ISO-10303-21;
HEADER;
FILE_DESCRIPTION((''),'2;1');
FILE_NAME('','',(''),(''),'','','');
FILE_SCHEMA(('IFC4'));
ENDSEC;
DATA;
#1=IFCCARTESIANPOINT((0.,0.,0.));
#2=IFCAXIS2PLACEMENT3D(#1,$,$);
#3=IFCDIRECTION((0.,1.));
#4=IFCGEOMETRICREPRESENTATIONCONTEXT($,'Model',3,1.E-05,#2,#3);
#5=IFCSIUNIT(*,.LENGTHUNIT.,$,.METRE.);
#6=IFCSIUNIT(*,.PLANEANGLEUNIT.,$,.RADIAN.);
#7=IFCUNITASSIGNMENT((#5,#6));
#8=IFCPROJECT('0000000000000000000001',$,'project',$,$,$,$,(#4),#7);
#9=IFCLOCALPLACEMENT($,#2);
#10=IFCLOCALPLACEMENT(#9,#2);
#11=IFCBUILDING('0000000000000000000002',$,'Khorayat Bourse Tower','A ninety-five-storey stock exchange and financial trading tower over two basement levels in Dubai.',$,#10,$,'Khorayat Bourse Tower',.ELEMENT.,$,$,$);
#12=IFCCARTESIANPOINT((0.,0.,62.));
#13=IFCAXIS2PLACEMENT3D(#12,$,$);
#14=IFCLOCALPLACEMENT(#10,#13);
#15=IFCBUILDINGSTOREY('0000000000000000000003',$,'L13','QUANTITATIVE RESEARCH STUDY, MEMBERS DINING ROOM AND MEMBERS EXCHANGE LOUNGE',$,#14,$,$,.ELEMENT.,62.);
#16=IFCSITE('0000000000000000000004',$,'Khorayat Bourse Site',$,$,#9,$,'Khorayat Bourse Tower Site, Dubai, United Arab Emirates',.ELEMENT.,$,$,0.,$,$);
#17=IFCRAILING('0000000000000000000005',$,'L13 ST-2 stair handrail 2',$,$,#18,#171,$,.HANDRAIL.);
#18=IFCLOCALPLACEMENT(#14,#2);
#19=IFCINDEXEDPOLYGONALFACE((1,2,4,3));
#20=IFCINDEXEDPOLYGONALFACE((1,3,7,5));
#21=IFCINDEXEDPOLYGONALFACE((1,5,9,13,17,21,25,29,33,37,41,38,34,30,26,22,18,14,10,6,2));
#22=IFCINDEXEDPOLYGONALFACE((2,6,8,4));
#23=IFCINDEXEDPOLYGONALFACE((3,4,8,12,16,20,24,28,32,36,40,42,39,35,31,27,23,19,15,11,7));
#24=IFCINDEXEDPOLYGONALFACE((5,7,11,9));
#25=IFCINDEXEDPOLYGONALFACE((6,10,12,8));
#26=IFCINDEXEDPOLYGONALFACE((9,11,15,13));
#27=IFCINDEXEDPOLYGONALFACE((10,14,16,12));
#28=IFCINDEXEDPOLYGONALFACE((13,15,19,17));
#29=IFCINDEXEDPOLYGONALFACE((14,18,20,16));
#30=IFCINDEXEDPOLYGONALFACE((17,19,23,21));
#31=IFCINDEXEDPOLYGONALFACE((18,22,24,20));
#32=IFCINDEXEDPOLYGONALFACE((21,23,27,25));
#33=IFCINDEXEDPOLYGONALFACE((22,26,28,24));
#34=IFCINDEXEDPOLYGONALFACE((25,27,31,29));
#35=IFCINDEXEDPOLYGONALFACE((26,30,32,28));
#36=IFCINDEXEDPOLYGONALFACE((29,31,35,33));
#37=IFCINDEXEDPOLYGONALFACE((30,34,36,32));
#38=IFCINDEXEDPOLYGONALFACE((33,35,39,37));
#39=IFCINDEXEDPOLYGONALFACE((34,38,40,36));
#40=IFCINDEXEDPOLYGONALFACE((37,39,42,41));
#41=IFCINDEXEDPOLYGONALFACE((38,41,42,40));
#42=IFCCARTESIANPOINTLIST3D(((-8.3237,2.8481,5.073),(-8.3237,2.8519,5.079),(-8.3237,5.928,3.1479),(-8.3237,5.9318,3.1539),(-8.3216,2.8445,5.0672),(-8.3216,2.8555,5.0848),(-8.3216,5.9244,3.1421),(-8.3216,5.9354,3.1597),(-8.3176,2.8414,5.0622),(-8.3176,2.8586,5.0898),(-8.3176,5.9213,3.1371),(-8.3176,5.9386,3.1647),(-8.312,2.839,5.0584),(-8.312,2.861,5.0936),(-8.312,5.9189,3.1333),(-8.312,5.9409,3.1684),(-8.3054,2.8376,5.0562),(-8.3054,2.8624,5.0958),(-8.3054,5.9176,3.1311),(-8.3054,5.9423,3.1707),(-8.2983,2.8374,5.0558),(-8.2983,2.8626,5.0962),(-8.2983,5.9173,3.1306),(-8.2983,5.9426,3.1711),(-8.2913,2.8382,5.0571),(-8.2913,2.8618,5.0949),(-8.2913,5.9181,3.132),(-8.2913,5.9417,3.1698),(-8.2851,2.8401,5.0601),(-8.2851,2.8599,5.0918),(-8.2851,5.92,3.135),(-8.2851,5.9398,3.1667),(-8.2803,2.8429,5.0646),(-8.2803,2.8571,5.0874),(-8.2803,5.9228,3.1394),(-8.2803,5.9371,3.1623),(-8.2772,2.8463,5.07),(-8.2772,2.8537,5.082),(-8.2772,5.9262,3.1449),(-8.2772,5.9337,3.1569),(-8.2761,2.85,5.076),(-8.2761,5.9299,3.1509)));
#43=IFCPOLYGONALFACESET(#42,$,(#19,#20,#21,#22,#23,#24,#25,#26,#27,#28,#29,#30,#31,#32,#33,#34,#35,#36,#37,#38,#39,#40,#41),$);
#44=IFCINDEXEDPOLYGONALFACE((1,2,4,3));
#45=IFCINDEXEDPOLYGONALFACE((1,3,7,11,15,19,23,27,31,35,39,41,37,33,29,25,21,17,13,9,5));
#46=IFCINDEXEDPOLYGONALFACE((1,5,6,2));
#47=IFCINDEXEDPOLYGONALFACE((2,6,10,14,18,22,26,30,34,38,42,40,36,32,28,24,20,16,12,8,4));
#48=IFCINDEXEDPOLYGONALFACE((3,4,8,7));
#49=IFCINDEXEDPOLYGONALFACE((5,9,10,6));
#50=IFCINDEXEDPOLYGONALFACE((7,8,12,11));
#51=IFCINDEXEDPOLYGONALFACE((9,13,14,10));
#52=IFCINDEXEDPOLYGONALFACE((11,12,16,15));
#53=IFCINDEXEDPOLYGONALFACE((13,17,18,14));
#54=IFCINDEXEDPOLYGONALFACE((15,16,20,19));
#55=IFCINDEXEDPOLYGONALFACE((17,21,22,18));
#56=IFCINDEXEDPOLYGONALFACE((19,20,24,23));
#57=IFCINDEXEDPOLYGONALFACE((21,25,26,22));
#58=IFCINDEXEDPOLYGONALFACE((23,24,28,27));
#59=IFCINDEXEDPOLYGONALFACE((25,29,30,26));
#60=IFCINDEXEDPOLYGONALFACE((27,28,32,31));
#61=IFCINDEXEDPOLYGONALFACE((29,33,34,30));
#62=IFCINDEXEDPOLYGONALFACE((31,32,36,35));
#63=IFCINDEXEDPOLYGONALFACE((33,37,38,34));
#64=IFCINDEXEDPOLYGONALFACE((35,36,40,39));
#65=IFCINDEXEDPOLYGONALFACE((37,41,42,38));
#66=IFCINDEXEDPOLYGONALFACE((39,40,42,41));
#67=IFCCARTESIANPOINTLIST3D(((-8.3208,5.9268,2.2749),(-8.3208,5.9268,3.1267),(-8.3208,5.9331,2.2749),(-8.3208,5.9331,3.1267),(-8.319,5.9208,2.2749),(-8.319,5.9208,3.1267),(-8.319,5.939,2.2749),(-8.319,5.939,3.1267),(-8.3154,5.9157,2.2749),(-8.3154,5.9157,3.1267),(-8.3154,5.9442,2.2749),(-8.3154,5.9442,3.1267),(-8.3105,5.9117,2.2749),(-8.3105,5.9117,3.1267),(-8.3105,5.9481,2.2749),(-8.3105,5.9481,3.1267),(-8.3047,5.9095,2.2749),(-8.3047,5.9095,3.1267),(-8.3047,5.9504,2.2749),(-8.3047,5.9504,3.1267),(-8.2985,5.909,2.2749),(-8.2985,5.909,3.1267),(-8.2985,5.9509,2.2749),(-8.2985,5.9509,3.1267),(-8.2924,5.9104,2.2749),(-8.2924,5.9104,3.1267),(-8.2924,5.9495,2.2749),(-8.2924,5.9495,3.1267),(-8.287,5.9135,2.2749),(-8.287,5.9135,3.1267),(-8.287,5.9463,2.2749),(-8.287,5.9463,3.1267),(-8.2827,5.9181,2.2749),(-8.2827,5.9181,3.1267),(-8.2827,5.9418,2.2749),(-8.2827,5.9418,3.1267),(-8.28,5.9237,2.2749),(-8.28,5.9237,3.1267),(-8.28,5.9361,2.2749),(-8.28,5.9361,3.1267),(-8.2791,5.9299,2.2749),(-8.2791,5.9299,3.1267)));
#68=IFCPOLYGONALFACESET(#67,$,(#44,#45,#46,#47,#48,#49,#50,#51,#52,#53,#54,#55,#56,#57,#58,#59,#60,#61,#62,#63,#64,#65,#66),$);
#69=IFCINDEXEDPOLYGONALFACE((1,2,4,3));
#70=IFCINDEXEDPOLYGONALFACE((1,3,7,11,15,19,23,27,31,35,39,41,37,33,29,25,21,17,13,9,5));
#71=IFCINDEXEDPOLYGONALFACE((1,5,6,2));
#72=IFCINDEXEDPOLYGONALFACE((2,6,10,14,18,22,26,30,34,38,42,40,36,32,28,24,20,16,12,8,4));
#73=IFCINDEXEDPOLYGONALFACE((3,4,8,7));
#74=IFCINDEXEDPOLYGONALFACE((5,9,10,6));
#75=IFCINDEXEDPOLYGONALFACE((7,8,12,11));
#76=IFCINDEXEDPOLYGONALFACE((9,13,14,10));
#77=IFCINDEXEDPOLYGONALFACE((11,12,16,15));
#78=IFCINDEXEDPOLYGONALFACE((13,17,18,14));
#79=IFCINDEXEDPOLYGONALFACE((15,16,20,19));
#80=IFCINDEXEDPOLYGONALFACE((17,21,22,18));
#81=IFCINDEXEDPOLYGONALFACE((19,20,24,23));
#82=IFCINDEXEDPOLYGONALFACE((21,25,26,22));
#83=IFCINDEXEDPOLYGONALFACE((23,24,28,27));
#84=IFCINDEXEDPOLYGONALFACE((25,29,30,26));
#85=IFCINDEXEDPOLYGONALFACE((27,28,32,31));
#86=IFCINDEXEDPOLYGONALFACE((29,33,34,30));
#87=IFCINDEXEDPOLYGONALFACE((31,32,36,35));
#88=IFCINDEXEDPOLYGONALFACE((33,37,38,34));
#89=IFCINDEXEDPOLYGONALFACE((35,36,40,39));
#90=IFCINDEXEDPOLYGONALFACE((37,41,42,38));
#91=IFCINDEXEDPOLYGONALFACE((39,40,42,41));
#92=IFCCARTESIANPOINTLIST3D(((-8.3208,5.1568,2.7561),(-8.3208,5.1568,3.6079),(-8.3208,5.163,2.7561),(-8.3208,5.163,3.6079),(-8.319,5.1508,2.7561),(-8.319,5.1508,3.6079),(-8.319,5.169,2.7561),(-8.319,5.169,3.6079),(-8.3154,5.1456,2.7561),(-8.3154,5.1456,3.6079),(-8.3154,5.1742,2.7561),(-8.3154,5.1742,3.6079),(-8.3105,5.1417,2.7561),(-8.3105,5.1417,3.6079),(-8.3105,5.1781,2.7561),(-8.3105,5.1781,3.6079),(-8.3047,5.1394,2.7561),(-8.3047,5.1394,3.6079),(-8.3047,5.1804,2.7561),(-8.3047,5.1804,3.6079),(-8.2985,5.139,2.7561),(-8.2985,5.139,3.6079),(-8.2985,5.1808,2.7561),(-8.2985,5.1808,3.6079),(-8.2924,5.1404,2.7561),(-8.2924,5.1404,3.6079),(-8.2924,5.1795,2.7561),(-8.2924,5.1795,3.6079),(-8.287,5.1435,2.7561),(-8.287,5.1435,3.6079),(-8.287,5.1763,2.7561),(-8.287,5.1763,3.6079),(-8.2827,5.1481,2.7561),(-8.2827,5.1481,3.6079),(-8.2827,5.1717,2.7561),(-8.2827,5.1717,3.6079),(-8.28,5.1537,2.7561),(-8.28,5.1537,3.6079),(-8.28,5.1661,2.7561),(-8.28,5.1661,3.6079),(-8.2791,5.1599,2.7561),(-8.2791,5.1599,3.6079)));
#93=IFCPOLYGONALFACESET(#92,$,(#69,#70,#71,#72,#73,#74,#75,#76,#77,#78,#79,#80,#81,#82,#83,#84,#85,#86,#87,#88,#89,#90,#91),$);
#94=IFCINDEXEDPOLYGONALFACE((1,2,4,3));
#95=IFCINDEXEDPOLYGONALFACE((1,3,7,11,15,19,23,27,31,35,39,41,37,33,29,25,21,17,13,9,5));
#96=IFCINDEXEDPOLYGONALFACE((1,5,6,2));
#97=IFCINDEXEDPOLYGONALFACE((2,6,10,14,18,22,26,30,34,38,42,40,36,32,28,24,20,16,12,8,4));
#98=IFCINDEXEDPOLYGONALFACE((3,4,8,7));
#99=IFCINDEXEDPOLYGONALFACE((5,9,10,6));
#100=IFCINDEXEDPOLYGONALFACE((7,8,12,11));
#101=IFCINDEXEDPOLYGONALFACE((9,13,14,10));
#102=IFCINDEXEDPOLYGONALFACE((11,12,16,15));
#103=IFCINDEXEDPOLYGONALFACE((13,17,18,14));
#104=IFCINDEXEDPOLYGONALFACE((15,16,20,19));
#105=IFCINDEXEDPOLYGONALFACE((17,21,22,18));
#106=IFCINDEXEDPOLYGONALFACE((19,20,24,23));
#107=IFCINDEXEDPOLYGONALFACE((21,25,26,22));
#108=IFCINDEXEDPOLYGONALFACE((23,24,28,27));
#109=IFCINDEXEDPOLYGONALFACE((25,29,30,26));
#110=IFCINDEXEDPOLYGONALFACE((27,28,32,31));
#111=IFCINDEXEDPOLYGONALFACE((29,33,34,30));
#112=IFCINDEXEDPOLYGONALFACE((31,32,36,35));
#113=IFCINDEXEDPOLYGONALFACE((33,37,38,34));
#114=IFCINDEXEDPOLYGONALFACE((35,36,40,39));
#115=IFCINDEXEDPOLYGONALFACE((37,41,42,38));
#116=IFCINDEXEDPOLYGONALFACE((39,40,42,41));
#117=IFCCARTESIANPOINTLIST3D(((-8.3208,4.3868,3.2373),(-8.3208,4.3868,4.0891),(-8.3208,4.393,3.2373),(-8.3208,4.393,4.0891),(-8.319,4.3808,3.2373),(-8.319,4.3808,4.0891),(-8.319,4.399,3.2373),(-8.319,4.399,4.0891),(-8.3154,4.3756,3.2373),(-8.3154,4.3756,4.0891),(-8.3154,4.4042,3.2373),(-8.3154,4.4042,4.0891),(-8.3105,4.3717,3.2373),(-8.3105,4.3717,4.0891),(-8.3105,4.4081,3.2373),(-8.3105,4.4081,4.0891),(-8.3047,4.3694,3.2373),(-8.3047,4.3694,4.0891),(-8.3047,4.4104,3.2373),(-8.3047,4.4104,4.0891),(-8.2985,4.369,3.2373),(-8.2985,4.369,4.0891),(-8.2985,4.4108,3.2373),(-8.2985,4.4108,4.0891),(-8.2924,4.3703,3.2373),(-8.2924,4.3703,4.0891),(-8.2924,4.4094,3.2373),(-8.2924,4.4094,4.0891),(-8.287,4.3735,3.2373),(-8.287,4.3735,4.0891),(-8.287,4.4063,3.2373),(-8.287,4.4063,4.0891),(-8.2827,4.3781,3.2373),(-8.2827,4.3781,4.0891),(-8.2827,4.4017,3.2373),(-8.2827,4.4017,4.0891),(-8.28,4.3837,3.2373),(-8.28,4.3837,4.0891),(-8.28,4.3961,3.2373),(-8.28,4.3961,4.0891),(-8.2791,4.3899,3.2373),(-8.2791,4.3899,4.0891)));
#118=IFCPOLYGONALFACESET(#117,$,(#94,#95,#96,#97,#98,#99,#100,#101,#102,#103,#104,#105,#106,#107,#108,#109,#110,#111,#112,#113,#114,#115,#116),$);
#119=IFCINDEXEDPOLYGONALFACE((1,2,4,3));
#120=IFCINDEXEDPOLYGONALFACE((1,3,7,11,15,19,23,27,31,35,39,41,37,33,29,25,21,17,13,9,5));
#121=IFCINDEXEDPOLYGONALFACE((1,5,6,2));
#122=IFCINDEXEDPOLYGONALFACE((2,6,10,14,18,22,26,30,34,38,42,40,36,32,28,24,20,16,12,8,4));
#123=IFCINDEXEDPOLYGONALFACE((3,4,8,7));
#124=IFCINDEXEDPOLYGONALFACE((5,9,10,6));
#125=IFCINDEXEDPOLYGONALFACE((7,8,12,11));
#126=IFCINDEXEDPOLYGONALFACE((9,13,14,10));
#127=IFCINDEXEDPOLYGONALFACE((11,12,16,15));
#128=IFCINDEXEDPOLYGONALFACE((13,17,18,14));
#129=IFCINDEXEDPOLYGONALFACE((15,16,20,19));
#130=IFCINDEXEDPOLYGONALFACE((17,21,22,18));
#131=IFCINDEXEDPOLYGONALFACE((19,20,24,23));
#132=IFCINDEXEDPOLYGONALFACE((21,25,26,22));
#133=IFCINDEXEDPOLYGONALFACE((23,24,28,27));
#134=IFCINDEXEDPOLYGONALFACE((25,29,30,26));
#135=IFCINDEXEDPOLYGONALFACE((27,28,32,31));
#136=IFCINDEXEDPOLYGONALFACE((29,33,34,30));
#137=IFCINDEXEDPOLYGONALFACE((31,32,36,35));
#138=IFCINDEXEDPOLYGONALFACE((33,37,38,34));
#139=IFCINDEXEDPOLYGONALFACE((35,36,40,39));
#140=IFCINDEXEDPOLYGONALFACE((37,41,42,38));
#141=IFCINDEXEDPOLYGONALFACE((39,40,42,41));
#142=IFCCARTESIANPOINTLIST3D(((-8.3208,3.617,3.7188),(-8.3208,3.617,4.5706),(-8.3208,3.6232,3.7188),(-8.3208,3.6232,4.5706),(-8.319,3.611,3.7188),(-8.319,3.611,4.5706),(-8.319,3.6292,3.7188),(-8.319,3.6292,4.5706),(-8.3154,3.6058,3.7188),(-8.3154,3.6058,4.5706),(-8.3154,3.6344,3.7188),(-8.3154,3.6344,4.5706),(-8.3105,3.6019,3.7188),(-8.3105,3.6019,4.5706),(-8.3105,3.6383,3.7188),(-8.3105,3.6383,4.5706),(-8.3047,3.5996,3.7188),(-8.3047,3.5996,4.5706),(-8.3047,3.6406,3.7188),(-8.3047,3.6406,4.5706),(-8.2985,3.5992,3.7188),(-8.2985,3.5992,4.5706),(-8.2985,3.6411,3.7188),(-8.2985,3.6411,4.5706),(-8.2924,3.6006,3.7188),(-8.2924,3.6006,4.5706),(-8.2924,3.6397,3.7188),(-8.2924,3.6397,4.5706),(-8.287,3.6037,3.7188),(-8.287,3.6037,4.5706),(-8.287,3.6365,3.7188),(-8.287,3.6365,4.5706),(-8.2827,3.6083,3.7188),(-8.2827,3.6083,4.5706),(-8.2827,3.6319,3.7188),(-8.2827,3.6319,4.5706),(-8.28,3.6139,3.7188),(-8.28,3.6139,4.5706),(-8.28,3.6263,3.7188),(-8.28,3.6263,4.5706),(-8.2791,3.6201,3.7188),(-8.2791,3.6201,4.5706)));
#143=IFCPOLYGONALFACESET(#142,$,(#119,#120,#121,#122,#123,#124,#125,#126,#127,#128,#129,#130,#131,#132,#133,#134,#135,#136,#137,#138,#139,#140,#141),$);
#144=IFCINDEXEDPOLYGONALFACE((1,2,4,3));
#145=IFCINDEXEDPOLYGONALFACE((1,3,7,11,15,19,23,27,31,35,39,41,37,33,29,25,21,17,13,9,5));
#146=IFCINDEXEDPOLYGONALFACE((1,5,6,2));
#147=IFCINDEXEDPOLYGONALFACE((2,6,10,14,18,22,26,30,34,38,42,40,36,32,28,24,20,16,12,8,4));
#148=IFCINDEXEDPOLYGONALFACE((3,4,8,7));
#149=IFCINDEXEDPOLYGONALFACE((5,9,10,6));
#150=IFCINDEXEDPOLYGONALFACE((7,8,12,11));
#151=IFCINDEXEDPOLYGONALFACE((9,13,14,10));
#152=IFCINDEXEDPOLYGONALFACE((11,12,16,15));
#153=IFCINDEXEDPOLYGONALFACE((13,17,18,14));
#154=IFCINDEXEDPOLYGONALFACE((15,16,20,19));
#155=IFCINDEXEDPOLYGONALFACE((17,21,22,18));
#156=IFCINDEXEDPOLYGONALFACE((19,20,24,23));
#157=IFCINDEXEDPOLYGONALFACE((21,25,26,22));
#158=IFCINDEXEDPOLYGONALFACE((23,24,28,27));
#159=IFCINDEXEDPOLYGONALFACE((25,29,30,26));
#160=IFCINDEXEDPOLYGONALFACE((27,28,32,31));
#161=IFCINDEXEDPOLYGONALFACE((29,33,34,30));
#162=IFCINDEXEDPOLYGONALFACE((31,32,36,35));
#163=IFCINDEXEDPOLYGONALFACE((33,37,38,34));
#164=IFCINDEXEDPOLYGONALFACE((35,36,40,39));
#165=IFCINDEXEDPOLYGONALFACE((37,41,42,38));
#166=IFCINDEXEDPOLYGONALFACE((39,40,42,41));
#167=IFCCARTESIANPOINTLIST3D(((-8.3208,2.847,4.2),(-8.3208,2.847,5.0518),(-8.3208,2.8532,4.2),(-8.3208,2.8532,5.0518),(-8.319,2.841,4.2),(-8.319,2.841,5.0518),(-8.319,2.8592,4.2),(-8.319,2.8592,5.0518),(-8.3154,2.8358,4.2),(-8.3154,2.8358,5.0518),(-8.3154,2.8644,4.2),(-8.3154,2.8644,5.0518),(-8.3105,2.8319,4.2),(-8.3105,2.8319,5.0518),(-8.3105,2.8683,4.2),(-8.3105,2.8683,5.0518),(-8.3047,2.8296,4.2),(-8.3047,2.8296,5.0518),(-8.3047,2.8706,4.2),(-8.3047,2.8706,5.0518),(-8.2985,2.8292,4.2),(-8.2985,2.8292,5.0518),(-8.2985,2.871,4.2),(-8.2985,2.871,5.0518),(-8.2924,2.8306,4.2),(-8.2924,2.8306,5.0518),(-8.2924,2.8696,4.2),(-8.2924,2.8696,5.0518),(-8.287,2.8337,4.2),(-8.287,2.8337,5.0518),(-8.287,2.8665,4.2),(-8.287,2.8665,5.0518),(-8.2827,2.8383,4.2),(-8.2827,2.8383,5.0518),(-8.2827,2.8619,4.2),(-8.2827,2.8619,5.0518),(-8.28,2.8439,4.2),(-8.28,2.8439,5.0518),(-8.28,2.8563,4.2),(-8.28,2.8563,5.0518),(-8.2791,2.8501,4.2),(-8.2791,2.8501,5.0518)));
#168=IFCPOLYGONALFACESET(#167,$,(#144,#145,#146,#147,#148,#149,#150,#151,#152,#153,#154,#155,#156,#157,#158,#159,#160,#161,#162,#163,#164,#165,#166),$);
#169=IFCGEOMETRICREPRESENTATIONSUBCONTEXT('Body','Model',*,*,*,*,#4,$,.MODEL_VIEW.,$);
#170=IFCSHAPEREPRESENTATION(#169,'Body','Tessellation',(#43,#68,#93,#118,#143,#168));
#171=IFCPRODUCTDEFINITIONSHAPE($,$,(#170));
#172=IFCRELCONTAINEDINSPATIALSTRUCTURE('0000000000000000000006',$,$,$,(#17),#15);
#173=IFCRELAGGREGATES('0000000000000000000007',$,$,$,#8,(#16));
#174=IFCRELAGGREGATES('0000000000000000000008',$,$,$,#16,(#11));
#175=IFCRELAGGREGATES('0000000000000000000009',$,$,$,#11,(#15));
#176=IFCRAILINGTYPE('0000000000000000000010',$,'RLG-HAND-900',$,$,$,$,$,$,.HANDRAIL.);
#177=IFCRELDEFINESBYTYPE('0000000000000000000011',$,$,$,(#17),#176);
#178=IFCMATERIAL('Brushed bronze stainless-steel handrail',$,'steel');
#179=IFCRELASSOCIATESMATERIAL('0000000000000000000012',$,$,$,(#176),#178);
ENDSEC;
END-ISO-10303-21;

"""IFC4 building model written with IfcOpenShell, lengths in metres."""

from ifc_helpers import new_model, si_unit, direction, frame, origin, origin_2d, place, context, subcontext, project, spatial, circle, extrude, source, transform, mapped, material, type_object, element, save


model = new_model("IFC4")

# Units and contexts
model_context = context("Model", 3, precision=1e-05, world=origin(), true_north=direction((0.0, 1.0)))
body_context = subcontext(model_context, "Body", "Model", "MODEL_VIEW")
ifc_project = project(units=[si_unit("LENGTHUNIT", "METRE"), si_unit("PLANEANGLEUNIT", "RADIAN")], contexts=[model_context])

# Site, building, storey
site_placement = place(None, origin())
site = spatial("IfcSite", under=ifc_project, at=site_placement, Name="Khorayat Bourse Site", LongName="Khorayat Bourse Tower Site, Dubai, United Arab Emirates", CompositionType="ELEMENT", RefElevation=0.0)
building_placement = place(site_placement, origin())
building = spatial("IfcBuilding", under=site, at=building_placement, Name="Khorayat Bourse Tower", Description="A ninety-five-storey stock exchange and financial trading tower over two basement levels in Dubai.", LongName="Khorayat Bourse Tower", CompositionType="ELEMENT")
storey_placement = place(building_placement, frame((0.0, 0.0, 62.0)))
storey = spatial("IfcBuildingStorey", under=building, at=storey_placement, Name="L13", Description="QUANTITATIVE RESEARCH STUDY, MEMBERS DINING ROOM AND MEMBERS EXCHANGE LOUNGE", CompositionType="ELEMENT", Elevation=62.0)

# Railing
ifc_material_1 = material(Name="Brushed bronze stainless-steel handrail", Category="steel")
railing_type_1 = type_object("IfcRailingType", Name="RLG-HAND-900", PredefinedType="HANDRAIL", material=ifc_material_1)
shared_shape_1 = source(origin(), body_context, "Body", "SweptSolid", [
    extrude(circle(Radius=0.0239, at=origin_2d()), frame((0.0, 0.0, 0.876), z_axis=(0.0, -0.847979, 0.530029), x_axis=(1.0, 0.0, 0.0)), (0.0, 0.0, 1.0), 3.6321),
    extrude(circle(Radius=0.021, at=origin_2d()), origin(), (0.0, 0.0, 1.0), 0.8518),
    extrude(circle(Radius=0.021, at=origin_2d()), frame((0.0, -0.77, 0.4812)), (0.0, 0.0, 1.0), 0.8518),
    extrude(circle(Radius=0.021, at=origin_2d()), frame((0.0, -1.54, 0.9624)), (0.0, 0.0, 1.0), 0.8518),
    extrude(circle(Radius=0.021, at=origin_2d()), frame((0.0, -2.3098, 1.4438)), (0.0, 0.0, 1.0), 0.8518),
    extrude(circle(Radius=0.021, at=origin_2d()), frame((0.0, -3.0798, 1.925)), (0.0, 0.0, 1.0), 0.8518),
])
railing_1_placement = place(storey_placement, frame((-8.3, 5.9299, 2.2749)))
element("IfcRailing", 1, at=railing_1_placement, inside=storey, type_object=railing_type_1, Name="L13 ST-2 stair handrail 2", PredefinedType="HANDRAIL", context=body_context, shape_type="MappedRepresentation", body=[
    mapped(shared_shape_1, transform((0.0, 0.0, 0.0), scale=1.0)),
])

save(model, "model.ifc")
